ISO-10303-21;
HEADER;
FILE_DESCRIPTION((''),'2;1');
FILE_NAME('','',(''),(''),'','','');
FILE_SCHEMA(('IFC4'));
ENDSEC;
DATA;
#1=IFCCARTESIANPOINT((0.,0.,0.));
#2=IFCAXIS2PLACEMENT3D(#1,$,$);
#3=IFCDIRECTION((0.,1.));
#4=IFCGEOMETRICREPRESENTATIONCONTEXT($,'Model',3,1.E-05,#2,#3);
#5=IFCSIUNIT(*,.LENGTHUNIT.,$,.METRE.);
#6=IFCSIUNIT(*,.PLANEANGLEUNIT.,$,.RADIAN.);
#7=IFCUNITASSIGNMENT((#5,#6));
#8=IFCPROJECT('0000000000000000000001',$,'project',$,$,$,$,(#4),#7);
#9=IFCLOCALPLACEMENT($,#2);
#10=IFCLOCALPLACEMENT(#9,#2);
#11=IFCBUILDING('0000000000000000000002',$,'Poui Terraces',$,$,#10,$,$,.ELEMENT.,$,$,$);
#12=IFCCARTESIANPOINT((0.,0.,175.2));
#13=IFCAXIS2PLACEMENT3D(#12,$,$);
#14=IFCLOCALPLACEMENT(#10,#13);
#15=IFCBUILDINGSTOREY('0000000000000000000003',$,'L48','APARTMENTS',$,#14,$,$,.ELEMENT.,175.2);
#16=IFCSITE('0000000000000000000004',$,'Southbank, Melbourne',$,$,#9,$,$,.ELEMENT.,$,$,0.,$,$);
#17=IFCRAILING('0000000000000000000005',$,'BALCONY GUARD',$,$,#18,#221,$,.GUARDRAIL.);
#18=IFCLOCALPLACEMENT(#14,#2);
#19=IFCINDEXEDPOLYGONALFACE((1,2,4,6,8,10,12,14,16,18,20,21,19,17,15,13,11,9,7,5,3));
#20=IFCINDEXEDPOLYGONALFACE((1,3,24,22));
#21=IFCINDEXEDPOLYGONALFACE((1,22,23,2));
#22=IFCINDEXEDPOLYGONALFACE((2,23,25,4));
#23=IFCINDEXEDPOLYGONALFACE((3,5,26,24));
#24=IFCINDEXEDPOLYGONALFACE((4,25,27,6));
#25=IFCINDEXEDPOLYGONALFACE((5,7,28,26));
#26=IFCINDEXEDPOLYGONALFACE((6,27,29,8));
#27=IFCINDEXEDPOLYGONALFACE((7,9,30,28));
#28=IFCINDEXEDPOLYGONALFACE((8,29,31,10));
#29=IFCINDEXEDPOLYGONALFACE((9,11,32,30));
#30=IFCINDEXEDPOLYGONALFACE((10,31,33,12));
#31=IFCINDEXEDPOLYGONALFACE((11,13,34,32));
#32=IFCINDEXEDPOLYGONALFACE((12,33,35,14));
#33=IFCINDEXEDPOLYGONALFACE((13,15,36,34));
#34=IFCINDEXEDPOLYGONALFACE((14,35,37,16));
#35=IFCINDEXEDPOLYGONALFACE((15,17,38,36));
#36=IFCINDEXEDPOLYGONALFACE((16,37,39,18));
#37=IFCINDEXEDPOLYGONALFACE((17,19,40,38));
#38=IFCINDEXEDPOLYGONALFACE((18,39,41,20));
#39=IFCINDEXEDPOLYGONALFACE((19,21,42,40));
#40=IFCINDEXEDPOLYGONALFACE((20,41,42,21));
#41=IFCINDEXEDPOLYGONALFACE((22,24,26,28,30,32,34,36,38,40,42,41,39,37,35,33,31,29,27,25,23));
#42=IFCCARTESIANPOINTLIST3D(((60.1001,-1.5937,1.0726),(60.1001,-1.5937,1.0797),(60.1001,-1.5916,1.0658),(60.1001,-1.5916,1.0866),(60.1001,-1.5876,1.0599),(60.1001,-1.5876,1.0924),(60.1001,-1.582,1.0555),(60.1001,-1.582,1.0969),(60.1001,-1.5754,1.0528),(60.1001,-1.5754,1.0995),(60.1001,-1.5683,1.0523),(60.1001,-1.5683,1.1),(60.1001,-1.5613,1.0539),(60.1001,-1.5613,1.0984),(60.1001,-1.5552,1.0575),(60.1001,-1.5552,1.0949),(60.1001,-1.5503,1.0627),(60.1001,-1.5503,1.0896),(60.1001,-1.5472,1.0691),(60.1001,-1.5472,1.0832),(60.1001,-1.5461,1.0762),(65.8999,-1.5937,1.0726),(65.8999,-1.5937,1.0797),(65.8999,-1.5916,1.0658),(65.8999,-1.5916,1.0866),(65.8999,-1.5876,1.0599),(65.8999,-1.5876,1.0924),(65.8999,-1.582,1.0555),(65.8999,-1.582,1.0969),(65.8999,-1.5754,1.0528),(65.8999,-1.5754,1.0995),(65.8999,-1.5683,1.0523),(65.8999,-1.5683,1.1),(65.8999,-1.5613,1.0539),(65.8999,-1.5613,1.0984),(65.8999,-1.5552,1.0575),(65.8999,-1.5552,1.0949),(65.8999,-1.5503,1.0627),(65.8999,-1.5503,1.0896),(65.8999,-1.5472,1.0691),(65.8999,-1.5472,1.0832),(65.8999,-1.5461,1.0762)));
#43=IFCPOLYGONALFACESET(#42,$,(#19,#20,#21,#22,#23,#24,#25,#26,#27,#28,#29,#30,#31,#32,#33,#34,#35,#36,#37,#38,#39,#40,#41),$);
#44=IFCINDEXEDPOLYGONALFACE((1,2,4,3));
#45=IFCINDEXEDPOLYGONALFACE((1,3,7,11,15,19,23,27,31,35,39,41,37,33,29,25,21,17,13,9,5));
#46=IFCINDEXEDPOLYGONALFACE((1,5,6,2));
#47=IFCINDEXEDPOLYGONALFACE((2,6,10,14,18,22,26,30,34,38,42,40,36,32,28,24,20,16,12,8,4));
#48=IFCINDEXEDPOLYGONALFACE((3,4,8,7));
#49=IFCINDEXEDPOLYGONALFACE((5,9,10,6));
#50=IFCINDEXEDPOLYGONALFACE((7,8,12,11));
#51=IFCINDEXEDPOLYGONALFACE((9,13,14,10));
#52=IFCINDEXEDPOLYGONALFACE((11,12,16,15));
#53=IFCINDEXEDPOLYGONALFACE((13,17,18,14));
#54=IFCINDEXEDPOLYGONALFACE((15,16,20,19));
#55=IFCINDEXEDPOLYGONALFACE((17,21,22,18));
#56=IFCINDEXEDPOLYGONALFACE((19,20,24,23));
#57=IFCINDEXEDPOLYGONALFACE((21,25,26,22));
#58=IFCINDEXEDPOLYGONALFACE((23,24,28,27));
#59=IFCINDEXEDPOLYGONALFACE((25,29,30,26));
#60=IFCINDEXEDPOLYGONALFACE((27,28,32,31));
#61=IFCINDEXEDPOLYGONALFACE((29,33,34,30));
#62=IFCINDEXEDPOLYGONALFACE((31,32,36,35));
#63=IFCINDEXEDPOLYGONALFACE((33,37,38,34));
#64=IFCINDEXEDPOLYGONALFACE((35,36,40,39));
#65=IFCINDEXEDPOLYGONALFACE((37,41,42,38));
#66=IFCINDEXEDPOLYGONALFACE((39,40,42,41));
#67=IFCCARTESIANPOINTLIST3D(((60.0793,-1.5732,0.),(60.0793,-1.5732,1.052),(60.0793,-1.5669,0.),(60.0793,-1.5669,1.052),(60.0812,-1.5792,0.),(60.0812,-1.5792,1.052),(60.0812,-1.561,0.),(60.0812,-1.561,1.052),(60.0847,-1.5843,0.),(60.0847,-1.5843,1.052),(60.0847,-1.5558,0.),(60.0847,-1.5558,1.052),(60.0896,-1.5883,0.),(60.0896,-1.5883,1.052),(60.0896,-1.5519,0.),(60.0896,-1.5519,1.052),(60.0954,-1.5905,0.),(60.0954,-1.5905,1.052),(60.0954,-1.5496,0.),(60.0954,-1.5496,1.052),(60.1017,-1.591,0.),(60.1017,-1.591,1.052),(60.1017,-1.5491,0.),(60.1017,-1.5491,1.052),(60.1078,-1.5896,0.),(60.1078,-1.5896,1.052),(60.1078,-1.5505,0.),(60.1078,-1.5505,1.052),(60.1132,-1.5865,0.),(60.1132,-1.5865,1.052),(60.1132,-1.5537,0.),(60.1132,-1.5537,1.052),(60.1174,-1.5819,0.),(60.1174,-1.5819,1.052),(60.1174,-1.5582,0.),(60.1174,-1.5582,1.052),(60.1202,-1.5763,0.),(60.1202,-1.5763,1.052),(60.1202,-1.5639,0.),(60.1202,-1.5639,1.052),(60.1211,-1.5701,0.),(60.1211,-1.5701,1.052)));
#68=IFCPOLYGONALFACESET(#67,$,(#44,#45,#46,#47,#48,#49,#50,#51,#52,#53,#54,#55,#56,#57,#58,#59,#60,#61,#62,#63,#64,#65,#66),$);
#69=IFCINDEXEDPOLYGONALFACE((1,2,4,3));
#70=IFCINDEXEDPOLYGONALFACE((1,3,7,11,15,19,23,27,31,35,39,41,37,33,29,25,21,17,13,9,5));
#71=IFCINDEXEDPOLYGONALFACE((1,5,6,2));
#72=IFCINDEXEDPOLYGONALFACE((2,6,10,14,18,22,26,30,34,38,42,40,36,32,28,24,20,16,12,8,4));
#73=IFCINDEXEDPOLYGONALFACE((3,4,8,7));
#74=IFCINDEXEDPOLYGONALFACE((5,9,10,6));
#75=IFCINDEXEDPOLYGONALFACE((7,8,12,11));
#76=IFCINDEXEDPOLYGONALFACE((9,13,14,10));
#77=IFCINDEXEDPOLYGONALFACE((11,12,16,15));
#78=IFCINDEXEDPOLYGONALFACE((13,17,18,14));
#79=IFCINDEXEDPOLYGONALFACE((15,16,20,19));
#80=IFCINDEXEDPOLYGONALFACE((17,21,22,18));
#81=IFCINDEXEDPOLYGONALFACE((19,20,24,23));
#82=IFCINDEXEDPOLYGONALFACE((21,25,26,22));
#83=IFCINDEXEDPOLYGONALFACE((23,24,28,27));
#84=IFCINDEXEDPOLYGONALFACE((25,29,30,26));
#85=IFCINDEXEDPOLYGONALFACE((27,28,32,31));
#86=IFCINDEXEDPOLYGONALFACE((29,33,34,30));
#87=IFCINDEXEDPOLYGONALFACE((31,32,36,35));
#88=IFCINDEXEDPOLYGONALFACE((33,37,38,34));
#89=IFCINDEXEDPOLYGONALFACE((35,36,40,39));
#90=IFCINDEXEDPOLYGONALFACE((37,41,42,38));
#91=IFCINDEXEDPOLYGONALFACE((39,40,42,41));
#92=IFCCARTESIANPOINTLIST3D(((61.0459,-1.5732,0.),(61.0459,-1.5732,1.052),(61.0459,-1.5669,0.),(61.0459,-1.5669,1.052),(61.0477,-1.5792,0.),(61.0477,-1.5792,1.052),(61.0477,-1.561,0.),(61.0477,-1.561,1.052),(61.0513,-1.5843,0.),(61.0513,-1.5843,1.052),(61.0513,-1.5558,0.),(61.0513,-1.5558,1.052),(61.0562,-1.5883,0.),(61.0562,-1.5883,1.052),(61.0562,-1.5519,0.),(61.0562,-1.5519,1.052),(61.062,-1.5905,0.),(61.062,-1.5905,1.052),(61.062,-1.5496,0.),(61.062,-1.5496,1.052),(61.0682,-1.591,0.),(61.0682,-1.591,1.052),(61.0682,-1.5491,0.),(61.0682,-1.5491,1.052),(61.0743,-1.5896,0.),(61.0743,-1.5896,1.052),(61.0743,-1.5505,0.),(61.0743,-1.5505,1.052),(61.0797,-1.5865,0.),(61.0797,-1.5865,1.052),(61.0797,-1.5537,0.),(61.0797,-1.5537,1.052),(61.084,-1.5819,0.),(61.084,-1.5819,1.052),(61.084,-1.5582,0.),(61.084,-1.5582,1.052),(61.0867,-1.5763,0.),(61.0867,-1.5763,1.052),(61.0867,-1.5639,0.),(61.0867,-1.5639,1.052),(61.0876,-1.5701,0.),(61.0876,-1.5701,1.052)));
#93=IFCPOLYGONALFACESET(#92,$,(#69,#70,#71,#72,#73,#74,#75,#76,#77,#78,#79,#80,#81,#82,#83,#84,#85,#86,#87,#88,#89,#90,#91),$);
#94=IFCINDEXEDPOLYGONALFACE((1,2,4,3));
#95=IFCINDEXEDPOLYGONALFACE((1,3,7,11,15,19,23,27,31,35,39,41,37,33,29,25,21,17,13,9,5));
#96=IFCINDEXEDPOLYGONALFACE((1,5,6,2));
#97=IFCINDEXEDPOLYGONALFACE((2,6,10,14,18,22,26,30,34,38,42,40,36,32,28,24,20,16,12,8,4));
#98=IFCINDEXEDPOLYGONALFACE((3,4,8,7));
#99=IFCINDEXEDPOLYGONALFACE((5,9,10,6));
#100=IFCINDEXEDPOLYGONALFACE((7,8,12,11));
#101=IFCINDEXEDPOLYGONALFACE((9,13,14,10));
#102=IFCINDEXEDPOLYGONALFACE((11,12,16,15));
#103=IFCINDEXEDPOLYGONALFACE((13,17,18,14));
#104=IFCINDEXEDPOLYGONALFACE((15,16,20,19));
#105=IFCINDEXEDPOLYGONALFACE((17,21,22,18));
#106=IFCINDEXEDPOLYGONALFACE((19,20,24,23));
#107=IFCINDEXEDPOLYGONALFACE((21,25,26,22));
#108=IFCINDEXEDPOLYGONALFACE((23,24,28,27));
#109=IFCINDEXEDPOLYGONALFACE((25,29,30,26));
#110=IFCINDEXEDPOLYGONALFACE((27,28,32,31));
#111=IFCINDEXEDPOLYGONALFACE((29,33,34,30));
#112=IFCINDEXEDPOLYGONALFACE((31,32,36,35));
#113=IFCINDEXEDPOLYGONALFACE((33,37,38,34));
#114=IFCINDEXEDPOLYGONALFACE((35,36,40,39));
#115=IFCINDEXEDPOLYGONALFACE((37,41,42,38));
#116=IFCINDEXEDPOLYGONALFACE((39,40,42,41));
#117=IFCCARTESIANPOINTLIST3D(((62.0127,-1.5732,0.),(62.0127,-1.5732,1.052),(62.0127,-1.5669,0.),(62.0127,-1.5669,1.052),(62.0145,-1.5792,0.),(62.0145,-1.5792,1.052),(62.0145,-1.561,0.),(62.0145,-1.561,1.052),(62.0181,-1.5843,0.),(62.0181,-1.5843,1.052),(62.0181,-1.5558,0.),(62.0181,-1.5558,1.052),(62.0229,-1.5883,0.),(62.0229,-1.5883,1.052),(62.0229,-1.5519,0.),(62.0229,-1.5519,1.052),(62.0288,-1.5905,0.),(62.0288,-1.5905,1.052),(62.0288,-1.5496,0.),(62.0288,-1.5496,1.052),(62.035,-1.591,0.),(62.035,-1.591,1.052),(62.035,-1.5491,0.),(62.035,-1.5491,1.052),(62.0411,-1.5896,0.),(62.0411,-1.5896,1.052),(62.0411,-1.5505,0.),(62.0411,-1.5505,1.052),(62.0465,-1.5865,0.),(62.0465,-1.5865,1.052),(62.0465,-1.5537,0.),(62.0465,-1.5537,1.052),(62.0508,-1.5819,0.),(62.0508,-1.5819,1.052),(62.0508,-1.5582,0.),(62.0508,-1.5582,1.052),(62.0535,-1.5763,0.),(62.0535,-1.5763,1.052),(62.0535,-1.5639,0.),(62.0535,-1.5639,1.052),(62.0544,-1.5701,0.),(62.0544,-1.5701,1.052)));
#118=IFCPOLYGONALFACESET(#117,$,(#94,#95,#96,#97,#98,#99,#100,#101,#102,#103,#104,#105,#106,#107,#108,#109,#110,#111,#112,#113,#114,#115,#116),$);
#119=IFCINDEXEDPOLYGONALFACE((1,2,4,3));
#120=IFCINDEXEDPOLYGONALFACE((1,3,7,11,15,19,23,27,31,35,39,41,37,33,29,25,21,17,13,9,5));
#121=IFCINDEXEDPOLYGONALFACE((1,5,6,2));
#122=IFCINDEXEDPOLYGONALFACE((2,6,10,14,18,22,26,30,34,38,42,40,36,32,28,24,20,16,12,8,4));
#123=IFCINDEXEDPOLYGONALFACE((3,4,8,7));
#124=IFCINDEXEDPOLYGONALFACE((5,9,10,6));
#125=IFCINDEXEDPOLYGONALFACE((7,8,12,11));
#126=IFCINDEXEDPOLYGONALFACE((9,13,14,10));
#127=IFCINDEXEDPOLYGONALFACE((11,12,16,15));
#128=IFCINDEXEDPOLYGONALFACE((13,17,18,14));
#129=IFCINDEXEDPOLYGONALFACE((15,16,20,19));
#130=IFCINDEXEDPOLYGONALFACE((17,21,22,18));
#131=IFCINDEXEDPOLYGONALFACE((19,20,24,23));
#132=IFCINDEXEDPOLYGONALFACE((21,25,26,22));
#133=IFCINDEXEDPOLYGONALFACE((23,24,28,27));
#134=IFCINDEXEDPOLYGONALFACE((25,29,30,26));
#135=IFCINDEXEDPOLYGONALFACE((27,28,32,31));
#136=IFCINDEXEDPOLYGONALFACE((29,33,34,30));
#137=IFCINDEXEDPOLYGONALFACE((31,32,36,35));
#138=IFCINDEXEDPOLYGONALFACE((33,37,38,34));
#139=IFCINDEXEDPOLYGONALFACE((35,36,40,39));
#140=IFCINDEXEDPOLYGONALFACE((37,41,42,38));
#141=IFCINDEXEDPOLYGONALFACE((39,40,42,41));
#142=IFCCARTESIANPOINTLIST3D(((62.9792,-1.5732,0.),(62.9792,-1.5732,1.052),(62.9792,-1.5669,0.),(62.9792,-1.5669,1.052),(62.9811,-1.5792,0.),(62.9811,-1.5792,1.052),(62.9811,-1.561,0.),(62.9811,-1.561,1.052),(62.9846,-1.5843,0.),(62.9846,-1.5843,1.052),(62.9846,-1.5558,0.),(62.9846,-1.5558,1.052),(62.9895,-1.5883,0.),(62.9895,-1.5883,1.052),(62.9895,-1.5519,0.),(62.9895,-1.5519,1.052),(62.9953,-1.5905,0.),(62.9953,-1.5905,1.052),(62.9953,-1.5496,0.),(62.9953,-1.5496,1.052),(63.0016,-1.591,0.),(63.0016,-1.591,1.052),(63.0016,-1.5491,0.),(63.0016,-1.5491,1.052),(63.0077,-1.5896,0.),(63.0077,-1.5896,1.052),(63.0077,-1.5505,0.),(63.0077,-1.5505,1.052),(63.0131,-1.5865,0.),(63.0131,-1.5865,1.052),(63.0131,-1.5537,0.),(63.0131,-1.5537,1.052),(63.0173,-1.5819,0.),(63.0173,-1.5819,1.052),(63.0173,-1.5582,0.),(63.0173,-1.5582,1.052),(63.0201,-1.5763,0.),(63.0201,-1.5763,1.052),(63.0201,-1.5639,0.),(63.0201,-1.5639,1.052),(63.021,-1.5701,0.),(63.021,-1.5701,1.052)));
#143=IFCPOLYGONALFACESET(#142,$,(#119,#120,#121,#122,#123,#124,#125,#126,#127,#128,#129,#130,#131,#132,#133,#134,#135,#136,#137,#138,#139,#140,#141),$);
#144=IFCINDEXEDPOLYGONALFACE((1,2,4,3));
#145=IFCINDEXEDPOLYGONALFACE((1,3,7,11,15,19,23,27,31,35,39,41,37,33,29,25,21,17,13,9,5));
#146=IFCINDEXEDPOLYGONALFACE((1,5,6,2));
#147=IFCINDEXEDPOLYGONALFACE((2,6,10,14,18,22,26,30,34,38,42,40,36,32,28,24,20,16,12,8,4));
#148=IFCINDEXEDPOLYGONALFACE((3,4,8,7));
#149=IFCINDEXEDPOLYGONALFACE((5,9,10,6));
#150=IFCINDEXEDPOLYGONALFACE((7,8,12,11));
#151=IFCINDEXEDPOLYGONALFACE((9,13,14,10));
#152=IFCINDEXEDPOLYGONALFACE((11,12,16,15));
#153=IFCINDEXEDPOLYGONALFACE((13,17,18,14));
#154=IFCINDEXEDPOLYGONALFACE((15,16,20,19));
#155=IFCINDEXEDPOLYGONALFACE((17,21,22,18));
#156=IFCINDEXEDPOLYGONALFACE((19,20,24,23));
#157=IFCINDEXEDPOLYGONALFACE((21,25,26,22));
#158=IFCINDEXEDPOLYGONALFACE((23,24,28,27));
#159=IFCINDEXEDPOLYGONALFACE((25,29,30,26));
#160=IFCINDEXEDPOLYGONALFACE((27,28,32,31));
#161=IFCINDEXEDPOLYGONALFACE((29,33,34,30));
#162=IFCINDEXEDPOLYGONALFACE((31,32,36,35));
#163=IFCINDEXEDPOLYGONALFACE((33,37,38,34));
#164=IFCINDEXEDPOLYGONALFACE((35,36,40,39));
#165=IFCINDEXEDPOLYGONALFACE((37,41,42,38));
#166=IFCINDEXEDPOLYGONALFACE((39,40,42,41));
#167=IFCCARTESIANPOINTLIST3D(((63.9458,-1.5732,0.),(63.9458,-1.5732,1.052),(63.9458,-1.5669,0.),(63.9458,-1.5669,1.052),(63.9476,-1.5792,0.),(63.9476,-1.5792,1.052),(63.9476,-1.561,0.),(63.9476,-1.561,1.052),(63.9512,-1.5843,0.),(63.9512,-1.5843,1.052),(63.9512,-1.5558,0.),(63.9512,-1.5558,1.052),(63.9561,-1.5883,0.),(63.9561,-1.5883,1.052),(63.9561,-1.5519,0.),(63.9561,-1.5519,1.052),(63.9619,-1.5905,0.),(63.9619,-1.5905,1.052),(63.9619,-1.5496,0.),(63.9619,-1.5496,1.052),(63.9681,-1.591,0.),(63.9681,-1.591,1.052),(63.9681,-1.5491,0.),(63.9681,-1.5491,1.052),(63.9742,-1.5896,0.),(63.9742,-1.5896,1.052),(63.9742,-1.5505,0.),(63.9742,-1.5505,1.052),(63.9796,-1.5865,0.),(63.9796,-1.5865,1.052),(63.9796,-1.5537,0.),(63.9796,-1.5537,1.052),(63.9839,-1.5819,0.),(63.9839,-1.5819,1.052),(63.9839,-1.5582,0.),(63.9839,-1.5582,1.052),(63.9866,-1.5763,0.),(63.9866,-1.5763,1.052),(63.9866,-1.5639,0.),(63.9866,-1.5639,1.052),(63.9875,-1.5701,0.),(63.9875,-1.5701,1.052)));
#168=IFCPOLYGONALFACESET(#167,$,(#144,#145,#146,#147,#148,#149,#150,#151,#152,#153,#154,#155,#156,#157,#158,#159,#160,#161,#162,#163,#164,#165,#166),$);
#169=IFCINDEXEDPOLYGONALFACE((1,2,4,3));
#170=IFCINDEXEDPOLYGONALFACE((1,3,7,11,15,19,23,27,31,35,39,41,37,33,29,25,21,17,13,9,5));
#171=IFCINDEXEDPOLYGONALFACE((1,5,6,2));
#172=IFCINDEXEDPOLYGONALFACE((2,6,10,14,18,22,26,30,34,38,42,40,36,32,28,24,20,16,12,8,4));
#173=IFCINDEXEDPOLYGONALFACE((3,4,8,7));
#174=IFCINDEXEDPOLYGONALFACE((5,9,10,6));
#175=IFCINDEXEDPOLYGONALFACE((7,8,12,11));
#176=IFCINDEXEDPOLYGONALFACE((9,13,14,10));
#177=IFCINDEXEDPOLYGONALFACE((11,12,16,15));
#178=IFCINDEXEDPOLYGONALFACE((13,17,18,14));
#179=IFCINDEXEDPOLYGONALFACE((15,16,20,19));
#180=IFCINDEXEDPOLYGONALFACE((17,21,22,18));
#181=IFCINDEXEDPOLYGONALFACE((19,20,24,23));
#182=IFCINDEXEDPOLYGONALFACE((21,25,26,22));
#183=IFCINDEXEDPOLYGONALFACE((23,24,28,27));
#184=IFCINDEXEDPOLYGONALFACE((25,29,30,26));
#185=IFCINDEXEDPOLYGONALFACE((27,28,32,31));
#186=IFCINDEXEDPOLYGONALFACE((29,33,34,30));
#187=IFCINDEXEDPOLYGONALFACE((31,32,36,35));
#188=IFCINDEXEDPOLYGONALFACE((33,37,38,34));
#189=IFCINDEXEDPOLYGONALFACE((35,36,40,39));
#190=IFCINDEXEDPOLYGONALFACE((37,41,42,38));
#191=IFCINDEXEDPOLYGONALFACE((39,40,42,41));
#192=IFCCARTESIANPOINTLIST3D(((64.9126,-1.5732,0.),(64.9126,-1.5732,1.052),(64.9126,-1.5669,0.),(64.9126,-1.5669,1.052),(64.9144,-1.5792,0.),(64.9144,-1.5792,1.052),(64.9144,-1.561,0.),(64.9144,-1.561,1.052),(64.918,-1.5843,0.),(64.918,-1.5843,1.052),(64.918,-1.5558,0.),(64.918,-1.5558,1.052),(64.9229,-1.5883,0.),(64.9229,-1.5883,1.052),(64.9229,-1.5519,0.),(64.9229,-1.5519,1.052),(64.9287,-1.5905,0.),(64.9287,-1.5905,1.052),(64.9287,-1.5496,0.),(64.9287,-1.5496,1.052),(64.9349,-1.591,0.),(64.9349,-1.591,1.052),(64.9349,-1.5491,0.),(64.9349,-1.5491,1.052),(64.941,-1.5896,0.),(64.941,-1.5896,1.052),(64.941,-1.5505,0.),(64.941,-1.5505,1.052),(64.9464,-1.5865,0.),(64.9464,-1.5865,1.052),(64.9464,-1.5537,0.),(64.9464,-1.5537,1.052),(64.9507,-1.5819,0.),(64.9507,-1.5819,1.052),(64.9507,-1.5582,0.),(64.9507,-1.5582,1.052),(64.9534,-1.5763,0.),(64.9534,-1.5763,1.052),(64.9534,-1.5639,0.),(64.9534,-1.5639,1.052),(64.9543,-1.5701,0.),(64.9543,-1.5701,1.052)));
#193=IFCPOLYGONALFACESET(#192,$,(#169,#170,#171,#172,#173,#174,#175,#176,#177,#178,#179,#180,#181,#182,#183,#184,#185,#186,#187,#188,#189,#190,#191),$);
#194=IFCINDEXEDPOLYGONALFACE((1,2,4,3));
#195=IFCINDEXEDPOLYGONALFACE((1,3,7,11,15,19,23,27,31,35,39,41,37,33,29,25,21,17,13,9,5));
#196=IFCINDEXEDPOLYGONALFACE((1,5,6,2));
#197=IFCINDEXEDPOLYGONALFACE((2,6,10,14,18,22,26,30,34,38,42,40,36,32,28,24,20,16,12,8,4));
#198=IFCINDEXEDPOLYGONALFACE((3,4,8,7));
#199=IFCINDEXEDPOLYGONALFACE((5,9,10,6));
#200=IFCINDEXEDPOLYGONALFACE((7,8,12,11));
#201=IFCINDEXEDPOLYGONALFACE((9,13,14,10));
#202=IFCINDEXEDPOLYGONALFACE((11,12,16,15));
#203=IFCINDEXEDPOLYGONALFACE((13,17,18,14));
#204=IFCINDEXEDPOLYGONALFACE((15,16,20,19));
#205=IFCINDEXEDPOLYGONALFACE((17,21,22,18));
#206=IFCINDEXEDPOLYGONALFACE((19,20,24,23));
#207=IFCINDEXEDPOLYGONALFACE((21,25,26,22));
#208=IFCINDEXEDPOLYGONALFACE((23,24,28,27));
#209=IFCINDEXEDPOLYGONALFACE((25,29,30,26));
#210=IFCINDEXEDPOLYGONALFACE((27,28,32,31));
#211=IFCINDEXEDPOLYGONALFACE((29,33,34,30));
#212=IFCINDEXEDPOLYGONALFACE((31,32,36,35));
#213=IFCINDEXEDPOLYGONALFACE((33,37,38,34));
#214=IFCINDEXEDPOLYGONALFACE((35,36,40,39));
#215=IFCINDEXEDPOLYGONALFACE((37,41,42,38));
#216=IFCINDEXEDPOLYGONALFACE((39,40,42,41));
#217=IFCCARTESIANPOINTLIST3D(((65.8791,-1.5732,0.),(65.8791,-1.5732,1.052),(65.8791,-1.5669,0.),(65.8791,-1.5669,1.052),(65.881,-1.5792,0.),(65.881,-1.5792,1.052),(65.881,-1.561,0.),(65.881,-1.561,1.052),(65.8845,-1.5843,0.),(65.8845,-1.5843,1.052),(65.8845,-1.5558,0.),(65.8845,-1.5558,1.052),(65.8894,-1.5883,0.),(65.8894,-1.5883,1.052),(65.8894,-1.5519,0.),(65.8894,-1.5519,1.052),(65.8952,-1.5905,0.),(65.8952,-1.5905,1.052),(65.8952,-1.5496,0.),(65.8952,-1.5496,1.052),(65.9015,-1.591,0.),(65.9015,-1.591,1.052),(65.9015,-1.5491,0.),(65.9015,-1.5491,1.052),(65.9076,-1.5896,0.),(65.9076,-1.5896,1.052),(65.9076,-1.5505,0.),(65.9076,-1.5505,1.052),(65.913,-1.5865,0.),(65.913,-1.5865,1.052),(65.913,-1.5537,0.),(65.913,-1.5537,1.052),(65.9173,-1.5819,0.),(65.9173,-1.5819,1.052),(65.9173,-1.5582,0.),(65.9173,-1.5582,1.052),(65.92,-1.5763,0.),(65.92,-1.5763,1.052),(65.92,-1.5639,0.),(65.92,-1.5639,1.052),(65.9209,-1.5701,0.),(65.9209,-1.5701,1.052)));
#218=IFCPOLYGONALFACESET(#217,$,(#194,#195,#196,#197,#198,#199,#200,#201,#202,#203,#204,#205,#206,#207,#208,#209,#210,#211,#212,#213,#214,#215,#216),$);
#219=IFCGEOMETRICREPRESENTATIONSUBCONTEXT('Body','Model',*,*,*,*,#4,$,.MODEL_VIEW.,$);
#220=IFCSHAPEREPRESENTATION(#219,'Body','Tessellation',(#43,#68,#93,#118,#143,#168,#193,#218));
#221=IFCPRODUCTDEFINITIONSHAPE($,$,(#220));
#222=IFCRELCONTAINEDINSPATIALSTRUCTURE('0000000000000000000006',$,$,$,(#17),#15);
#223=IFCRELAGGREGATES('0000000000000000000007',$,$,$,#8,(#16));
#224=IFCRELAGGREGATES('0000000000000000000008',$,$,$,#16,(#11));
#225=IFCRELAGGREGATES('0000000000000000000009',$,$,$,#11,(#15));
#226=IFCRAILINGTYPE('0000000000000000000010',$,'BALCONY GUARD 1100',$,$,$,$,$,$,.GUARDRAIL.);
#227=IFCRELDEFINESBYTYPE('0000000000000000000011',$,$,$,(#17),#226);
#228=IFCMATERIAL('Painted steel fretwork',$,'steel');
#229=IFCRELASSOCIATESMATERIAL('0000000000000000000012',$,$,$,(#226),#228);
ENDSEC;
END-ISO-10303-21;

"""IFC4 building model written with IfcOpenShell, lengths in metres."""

from ifc_helpers import new_model, si_unit, direction, frame, origin, origin_2d, place, context, subcontext, project, spatial, circle, extrude, material, type_object, element, save


model = new_model("IFC4")

# Units and contexts
model_context = context("Model", 3, precision=1e-05, world=origin(), true_north=direction((0.0, 1.0)))
body_context = subcontext(model_context, "Body", "Model", "MODEL_VIEW")
ifc_project = project(units=[si_unit("LENGTHUNIT", "METRE"), si_unit("PLANEANGLEUNIT", "RADIAN")], contexts=[model_context])

# Site, building, storey
site_placement = place(None, origin())
site = spatial("IfcSite", under=ifc_project, at=site_placement, Name="Southbank, Melbourne", CompositionType="ELEMENT", RefElevation=0.0)
building_placement = place(site_placement, origin())
building = spatial("IfcBuilding", under=site, at=building_placement, Name="Poui Terraces", CompositionType="ELEMENT")
storey_placement = place(building_placement, frame((0.0, 0.0, 175.2)))
storey = spatial("IfcBuildingStorey", under=building, at=storey_placement, Name="L48", Description="APARTMENTS", CompositionType="ELEMENT", Elevation=175.2)

# Railing
ifc_material_1 = material(Name="Painted steel fretwork", Category="steel")
railing_type = type_object("IfcRailingType", Name="BALCONY GUARD 1100", PredefinedType="GUARDRAIL", material=ifc_material_1)
railing_placement = place(storey_placement, frame((60.1001, -1.5701, 0.0)))
element("IfcRailing", 1, at=railing_placement, inside=storey, type_object=railing_type, Name="BALCONY GUARD", PredefinedType="GUARDRAIL", context=body_context, shape_type="SweptSolid", body=[
    extrude(circle(Radius=0.0239, at=origin_2d()), frame((0.0, 0.0, 1.0762), z_axis=(1.0, 0.0, 0.0), x_axis=(0.0, 1.0, 0.0)), (0.0, 0.0, 1.0), 5.7998),
    extrude(circle(Radius=0.021, at=origin_2d()), origin(), (0.0, 0.0, 1.0), 1.052),
    extrude(circle(Radius=0.021, at=origin_2d()), frame((0.9666, 0.0, 0.0)), (0.0, 0.0, 1.0), 1.052),
    extrude(circle(Radius=0.021, at=origin_2d()), frame((1.9333, 0.0, 0.0)), (0.0, 0.0, 1.0), 1.052),
    extrude(circle(Radius=0.021, at=origin_2d()), frame((2.8999, 0.0, 0.0)), (0.0, 0.0, 1.0), 1.052),
    extrude(circle(Radius=0.021, at=origin_2d()), frame((3.8665, 0.0, 0.0)), (0.0, 0.0, 1.0), 1.052),
    extrude(circle(Radius=0.021, at=origin_2d()), frame((4.8333, 0.0, 0.0)), (0.0, 0.0, 1.0), 1.052),
    extrude(circle(Radius=0.021, at=origin_2d()), frame((5.7998, 0.0, 0.0)), (0.0, 0.0, 1.0), 1.052),
])

save(model, "model.ifc")
